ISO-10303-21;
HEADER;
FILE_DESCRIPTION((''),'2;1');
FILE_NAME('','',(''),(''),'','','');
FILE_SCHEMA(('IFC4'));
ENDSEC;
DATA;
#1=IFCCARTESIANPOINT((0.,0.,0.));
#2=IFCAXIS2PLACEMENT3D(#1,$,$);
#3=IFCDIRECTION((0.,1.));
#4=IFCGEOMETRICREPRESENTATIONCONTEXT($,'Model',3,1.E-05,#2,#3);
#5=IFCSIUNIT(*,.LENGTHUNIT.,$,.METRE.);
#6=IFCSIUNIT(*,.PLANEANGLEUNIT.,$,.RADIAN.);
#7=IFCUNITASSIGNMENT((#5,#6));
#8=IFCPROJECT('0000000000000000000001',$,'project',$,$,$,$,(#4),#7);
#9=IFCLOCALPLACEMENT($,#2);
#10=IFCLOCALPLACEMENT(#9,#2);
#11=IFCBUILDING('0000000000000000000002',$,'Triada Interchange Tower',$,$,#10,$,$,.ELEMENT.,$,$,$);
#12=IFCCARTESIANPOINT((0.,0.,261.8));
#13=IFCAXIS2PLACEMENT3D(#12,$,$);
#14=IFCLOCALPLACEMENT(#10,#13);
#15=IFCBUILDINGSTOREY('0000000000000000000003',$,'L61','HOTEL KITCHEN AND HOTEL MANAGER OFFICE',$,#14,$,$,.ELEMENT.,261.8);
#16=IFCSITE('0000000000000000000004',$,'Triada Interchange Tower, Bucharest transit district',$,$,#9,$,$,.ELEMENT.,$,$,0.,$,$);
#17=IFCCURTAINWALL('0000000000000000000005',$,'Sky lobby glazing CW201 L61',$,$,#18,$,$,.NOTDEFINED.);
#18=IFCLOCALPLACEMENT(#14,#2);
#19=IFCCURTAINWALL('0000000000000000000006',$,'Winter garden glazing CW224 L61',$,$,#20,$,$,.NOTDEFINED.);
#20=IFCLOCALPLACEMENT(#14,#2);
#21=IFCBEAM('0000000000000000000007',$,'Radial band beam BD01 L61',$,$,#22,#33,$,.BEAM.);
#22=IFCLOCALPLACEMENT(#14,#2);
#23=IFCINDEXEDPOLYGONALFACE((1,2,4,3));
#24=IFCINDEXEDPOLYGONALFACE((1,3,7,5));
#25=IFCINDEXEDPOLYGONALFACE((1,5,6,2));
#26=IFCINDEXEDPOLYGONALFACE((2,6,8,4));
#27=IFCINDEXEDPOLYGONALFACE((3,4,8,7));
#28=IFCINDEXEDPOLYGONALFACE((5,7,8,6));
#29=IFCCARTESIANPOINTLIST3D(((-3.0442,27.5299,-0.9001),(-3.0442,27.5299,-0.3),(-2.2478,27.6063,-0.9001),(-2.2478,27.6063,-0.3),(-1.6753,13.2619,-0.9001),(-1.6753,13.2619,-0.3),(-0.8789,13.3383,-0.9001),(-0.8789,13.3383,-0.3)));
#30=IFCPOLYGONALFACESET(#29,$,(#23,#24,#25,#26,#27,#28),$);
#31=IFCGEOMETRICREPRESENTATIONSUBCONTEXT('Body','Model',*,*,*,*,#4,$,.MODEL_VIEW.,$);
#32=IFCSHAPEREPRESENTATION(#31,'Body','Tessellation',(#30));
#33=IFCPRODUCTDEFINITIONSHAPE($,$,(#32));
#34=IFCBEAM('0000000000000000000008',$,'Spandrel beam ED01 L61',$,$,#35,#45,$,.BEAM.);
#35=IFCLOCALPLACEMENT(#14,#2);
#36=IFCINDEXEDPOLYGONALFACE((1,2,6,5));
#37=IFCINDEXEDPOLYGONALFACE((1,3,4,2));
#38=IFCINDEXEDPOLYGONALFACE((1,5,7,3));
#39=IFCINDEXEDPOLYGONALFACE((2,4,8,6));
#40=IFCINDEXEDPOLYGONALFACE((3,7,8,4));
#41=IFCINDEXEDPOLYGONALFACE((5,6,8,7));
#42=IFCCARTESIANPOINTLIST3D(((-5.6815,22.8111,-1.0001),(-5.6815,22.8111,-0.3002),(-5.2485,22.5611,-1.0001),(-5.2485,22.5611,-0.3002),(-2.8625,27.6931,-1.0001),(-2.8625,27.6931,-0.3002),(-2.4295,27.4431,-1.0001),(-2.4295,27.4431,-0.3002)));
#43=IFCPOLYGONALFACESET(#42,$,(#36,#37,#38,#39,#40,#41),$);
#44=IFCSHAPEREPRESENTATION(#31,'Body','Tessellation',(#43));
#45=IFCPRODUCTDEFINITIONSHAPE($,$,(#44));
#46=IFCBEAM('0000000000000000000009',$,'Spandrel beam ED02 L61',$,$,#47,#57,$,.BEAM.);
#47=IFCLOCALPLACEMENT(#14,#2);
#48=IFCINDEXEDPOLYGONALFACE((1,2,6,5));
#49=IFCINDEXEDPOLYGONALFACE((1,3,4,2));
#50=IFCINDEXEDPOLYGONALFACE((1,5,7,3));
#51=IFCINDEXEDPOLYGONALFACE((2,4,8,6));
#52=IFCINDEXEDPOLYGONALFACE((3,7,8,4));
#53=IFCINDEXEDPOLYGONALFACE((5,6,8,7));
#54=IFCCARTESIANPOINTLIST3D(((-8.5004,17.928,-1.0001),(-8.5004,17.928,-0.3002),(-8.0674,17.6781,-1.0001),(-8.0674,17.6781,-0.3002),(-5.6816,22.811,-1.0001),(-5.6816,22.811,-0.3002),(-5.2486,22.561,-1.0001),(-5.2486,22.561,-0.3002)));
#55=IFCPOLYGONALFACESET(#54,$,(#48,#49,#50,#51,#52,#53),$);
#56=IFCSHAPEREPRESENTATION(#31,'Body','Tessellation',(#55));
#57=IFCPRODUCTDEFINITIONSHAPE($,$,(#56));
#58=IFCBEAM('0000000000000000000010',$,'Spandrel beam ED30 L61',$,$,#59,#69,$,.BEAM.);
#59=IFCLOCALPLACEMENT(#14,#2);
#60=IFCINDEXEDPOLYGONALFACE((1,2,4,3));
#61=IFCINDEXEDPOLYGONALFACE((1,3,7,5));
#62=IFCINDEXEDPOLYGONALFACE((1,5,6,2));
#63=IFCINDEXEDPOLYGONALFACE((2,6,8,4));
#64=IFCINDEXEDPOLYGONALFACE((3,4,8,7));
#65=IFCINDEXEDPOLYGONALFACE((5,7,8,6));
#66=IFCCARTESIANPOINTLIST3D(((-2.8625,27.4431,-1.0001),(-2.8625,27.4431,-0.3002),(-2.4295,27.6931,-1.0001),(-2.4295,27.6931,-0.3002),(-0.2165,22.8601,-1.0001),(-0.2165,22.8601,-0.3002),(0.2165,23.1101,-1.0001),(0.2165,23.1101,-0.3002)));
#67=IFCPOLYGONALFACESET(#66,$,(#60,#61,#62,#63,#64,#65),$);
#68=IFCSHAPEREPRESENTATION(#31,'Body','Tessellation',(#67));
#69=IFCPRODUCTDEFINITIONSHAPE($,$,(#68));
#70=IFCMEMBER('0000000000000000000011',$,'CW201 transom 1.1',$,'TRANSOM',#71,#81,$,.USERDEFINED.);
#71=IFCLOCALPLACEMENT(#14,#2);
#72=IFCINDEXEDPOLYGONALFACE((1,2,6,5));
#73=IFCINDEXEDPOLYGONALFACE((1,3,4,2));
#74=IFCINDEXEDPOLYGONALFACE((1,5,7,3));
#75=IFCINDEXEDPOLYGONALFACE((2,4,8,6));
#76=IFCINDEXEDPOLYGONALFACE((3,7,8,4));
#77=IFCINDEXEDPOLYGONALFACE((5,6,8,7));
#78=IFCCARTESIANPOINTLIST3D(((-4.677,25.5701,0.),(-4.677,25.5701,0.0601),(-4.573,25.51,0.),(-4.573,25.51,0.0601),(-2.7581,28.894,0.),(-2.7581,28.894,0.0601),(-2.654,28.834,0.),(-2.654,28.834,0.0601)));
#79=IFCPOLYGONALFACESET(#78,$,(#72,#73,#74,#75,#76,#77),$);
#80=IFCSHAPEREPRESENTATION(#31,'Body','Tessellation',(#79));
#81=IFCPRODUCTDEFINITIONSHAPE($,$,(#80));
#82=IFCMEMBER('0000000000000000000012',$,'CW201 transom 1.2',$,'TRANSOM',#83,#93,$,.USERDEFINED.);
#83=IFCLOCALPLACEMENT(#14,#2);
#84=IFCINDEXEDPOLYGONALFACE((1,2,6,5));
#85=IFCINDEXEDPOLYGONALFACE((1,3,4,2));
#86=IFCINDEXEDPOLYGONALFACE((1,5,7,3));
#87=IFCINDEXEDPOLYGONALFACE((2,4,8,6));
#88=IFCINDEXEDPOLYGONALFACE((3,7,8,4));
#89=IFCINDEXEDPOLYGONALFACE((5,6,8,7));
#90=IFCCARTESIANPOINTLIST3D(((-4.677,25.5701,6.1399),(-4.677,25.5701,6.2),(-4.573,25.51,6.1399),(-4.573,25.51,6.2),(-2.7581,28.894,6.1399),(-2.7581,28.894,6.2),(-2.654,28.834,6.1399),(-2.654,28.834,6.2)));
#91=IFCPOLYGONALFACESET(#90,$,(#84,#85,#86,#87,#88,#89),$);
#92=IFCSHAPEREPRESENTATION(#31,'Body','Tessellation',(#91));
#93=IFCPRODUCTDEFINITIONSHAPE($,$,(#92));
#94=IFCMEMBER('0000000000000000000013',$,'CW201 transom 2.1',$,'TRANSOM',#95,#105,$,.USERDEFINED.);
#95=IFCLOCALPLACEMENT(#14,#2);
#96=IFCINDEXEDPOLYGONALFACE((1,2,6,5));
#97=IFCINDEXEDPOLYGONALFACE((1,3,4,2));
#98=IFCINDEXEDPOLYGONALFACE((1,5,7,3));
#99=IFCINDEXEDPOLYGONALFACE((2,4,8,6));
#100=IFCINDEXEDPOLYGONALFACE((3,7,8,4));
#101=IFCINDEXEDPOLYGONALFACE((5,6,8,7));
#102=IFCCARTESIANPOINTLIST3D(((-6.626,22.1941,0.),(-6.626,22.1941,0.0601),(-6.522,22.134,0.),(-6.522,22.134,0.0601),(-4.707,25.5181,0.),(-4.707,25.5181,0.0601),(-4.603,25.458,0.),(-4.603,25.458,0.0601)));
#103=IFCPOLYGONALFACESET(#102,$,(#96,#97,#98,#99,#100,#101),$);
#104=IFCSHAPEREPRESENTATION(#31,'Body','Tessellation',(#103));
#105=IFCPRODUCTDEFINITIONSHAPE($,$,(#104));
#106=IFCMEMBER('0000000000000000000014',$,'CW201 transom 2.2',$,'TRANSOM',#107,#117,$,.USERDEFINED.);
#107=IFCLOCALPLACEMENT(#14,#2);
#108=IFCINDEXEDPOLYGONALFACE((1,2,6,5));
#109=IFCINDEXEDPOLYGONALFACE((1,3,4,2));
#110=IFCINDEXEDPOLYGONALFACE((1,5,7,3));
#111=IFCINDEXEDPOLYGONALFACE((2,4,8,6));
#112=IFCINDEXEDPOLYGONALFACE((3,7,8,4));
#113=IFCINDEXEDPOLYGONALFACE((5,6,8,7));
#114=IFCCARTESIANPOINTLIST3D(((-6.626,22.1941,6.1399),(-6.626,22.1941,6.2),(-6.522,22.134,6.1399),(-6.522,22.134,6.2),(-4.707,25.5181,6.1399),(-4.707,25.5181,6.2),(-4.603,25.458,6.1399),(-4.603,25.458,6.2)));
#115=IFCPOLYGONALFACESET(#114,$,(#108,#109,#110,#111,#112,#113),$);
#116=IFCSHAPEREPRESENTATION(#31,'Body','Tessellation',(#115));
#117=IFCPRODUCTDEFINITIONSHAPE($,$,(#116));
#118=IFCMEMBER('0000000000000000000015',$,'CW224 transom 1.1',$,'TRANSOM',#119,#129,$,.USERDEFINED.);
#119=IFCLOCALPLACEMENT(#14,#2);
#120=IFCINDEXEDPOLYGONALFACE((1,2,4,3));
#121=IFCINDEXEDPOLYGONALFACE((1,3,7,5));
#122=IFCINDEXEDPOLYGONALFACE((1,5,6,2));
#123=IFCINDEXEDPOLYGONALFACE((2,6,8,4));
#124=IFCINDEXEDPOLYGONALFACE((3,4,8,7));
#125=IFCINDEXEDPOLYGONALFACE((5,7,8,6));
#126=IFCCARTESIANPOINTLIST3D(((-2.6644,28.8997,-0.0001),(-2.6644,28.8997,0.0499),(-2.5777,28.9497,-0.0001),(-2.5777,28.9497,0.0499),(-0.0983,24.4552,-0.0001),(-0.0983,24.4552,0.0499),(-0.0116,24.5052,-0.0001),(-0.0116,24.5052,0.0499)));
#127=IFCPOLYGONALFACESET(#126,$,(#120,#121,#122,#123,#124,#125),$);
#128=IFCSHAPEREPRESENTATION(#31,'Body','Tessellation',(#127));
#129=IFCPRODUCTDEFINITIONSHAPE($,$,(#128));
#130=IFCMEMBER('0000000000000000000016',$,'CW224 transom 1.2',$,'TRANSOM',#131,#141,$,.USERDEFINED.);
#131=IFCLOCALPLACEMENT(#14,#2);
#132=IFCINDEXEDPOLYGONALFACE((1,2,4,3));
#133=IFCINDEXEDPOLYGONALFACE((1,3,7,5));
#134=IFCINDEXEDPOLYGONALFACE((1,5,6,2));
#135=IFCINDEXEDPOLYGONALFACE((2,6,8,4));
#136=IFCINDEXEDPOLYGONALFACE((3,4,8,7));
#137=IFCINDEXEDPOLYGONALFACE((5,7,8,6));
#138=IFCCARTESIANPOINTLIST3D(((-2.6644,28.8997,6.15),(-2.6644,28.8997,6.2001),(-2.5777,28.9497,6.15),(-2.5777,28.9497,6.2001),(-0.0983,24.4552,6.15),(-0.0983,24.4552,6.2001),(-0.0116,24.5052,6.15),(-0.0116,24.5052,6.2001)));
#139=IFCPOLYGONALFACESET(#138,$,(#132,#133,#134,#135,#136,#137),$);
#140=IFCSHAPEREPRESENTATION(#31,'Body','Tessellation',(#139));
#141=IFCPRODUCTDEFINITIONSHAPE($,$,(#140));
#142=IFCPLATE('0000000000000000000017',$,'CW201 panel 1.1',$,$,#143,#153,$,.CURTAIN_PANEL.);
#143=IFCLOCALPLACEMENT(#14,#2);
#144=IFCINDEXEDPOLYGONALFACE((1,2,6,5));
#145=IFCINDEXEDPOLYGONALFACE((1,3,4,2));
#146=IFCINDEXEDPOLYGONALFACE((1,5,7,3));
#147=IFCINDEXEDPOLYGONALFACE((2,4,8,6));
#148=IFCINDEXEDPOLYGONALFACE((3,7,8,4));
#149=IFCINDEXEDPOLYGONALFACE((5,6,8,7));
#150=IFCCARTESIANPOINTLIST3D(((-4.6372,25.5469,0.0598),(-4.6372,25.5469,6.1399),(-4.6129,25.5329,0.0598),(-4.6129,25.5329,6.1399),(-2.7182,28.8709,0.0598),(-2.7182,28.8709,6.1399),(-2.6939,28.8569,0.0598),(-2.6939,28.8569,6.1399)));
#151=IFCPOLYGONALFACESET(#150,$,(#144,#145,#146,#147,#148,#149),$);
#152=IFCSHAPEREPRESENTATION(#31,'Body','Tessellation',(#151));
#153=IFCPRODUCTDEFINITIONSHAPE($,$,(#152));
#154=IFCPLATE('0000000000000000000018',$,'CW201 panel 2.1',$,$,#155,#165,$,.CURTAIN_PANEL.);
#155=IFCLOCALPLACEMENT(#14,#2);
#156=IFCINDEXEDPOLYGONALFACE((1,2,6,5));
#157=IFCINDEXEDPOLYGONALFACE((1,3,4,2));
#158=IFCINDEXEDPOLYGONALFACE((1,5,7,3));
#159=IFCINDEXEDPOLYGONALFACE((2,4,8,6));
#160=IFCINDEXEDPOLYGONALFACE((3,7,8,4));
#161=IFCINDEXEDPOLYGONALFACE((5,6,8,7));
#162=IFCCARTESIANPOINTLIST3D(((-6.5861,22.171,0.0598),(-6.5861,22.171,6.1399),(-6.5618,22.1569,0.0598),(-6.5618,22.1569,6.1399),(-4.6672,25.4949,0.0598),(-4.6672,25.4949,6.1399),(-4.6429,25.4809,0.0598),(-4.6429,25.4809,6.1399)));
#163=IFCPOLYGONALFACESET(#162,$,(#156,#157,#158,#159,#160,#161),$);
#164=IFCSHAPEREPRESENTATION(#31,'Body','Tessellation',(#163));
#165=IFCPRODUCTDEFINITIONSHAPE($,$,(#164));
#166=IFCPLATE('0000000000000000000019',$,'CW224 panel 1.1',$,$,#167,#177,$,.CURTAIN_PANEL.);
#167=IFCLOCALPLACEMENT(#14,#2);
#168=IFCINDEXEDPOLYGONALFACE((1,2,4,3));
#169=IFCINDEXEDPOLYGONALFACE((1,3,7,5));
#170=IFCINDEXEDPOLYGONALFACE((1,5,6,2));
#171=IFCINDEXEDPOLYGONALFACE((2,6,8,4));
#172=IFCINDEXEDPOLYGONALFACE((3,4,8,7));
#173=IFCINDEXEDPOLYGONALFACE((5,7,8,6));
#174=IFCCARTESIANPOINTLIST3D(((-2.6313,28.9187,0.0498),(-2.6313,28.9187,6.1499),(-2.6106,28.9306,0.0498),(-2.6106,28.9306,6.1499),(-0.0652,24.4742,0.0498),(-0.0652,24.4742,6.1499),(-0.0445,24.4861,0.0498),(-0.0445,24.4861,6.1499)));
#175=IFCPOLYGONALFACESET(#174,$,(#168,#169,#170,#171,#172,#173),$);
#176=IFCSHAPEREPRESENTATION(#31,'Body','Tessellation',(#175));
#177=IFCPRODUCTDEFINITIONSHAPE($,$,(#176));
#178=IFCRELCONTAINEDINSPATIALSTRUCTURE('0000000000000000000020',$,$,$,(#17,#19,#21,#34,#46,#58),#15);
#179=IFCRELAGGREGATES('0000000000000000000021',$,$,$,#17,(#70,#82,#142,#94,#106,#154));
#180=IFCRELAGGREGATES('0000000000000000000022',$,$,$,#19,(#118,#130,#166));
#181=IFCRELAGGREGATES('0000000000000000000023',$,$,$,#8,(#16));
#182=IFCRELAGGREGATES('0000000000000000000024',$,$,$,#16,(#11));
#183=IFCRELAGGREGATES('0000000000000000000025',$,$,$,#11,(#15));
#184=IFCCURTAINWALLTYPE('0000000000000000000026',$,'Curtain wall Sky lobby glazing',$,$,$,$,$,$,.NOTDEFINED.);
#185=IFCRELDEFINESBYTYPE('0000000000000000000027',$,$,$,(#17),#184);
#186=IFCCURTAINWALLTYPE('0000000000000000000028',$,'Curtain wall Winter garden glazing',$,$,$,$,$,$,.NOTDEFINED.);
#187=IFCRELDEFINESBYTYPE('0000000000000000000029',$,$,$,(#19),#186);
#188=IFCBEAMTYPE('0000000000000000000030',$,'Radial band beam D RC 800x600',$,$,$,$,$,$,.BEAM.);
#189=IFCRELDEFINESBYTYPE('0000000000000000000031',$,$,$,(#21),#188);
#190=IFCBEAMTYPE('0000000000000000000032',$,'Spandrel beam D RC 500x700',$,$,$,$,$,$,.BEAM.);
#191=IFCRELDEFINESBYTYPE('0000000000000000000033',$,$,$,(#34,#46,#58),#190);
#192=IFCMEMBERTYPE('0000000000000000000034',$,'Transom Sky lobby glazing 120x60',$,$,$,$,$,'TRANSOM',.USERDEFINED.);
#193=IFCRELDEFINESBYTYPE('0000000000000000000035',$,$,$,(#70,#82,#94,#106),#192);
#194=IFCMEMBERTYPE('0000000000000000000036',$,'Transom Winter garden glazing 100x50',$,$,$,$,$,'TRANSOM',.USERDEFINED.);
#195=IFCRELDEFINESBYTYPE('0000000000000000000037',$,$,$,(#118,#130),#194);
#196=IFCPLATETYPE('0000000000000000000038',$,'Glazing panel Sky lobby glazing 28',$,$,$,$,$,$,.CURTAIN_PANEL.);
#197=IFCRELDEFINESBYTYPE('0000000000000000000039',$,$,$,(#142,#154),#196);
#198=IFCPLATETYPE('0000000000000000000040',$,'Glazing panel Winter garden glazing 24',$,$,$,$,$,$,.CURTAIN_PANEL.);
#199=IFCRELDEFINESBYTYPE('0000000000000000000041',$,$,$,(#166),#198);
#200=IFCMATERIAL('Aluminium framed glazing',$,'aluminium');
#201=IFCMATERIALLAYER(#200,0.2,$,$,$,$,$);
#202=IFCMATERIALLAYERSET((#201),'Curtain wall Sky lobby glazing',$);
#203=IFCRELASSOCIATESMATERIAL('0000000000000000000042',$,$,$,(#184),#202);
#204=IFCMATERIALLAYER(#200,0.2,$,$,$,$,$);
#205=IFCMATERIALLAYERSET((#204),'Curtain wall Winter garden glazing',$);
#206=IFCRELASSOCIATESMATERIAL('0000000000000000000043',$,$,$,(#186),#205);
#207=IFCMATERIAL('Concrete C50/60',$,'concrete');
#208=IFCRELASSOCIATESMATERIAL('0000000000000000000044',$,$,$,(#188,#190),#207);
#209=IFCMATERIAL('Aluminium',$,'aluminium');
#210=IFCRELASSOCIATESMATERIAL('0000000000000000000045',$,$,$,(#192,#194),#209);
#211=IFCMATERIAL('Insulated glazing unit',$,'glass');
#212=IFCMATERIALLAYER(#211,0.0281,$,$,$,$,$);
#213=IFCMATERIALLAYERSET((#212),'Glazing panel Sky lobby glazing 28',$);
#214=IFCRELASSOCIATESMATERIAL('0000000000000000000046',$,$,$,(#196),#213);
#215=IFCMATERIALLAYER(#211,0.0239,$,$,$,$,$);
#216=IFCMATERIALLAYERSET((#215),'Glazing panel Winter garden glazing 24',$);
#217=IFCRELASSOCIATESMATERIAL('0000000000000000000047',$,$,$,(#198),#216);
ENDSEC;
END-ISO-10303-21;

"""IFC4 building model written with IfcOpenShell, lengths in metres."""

from ifc_helpers import new_model, si_unit, direction, frame, origin, origin_2d, place, context, subcontext, project, spatial, rectangle, extrude, material, layer, layer_set, material_profile, profile_set, type_object, element, aggregate, save


model = new_model("IFC4")

# Units and contexts
model_context = context("Model", 3, precision=1e-05, world=origin(), true_north=direction((0.0, 1.0)))
body_context = subcontext(model_context, "Body", "Model", "MODEL_VIEW")
ifc_project = project(units=[si_unit("LENGTHUNIT", "METRE"), si_unit("PLANEANGLEUNIT", "RADIAN")], contexts=[model_context])

# Site, building, storey
site_placement = place(None, origin())
site = spatial("IfcSite", under=ifc_project, at=site_placement, Name="Triada Interchange Tower, Bucharest transit district", CompositionType="ELEMENT", RefElevation=0.0)
building_placement = place(site_placement, origin())
building = spatial("IfcBuilding", under=site, at=building_placement, Name="Triada Interchange Tower", CompositionType="ELEMENT")
storey_placement = place(building_placement, frame((0.0, 0.0, 261.8)))
storey = spatial("IfcBuildingStorey", under=building, at=storey_placement, Name="L61", Description="HOTEL KITCHEN AND HOTEL MANAGER OFFICE", CompositionType="ELEMENT", Elevation=261.8)

# Curtain walls
ifc_material_1 = material(Name="Aluminium framed glazing", Category="aluminium")
ifc_layer_1 = layer(ifc_material_1, 0.2)
ifc_layer_set_1 = layer_set([ifc_layer_1], Name="Curtain wall Sky lobby glazing")
curtain_wall_type_1 = type_object("IfcCurtainWallType", Name="Curtain wall Sky lobby glazing", PredefinedType="NOTDEFINED", material=ifc_layer_set_1)
curtain_wall_1_placement = place(storey_placement, origin())
curtain_wall_1 = element("IfcCurtainWall", 1, at=curtain_wall_1_placement, inside=storey, type_object=curtain_wall_type_1, Name="Sky lobby glazing CW201 L61", PredefinedType="NOTDEFINED")
ifc_material_2 = material(Name="Aluminium", Category="aluminium")
ifc_layer_2 = layer(ifc_material_1, 0.2)
ifc_layer_set_2 = layer_set([ifc_layer_2], Name="Curtain wall Winter garden glazing")
curtain_wall_type_2 = type_object("IfcCurtainWallType", Name="Curtain wall Winter garden glazing", PredefinedType="NOTDEFINED", material=ifc_layer_set_2)
curtain_wall_2_placement = place(storey_placement, origin())
curtain_wall_2 = element("IfcCurtainWall", 2, at=curtain_wall_2_placement, inside=storey, type_object=curtain_wall_type_2, Name="Winter garden glazing CW224 L61", PredefinedType="NOTDEFINED")

# Beams
ifc_material_3 = material(Name="Concrete C50/60", Category="concrete")
ifc_material_profile_1 = material_profile(ifc_material_3, rectangle(XDim=0.8, YDim=0.6001, at=origin_2d()), Name="RC 800x600")
ifc_profile_set_1 = profile_set([ifc_material_profile_1], Name="Concrete C50/60")
beam_type_1 = type_object("IfcBeamType", Name="Radial band beam D RC 800x600", PredefinedType="BEAM", material=ifc_profile_set_1)
beam_1_placement = place(storey_placement, frame((-2.646, 27.5681, -0.6001), z_axis=(0.095503, -0.995429, 0.0), x_axis=(0.995429, 0.095503, 0.0)))
element("IfcBeam", 3, at=beam_1_placement, inside=storey, type_object=beam_type_1, Name="Radial band beam BD01 L61", PredefinedType="BEAM", context=body_context, shape_type="SweptSolid", body=[
    extrude(rectangle(XDim=0.8, YDim=0.6001, at=origin_2d()), origin(), (0.0, 0.0, 1.0), 14.3335),
])
ifc_material_profile_2 = material_profile(ifc_material_3, rectangle(XDim=0.5, YDim=0.7, at=origin_2d()), Name="RC 500x700")
ifc_profile_set_2 = profile_set([ifc_material_profile_2], Name="Concrete C50/60")
beam_type_2 = type_object("IfcBeamType", Name="Spandrel beam D RC 500x700", PredefinedType="BEAM", material=ifc_profile_set_2)
beam_2_placement = place(storey_placement, frame((-2.646, 27.5681, -0.6501), z_axis=(-0.500056, -0.865993, 0.0), x_axis=(0.865993, -0.500056, 0.0)))
element("IfcBeam", 4, at=beam_2_placement, inside=storey, type_object=beam_type_2, Name="Spandrel beam ED01 L61", PredefinedType="BEAM", context=body_context, shape_type="SweptSolid", body=[
    extrude(rectangle(XDim=0.5, YDim=0.7, at=origin_2d()), origin(), (0.0, 0.0, 1.0), 5.6375),
])
beam_3_placement = place(storey_placement, frame((-5.4651, 22.686, -0.6501), z_axis=(-0.499949, -0.866055, 0.0), x_axis=(0.866055, -0.499949, 0.0)))
element("IfcBeam", 5, at=beam_3_placement, inside=storey, type_object=beam_type_2, Name="Spandrel beam ED02 L61", PredefinedType="BEAM", context=body_context, shape_type="SweptSolid", body=[
    extrude(rectangle(XDim=0.5, YDim=0.7, at=origin_2d()), origin(), (0.0, 0.0, 1.0), 5.6382),
])
beam_4_placement = place(storey_placement, frame((0.0, 22.9851, -0.6501), z_axis=(-0.499999, 0.866026, 0.0), x_axis=(-0.866026, -0.499999, 0.0)))
element("IfcBeam", 6, at=beam_4_placement, inside=storey, type_object=beam_type_2, Name="Spandrel beam ED30 L61", PredefinedType="BEAM", context=body_context, shape_type="SweptSolid", body=[
    extrude(rectangle(XDim=0.5, YDim=0.7, at=origin_2d()), origin(), (0.0, 0.0, 1.0), 5.292),
])

# Members
ifc_material_profile_3 = material_profile(ifc_material_2, rectangle(XDim=0.1201, YDim=0.0601, at=origin_2d()), Name="Aluminium transom")
ifc_profile_set_3 = profile_set([ifc_material_profile_3], Name="Aluminium")
member_type_1 = type_object("IfcMemberType", Name="Transom Sky lobby glazing 120x60", ElementType="TRANSOM", PredefinedType="USERDEFINED", material=ifc_profile_set_3)
member_1_placement = place(storey_placement, frame((-2.7061, 28.864, 0.03), z_axis=(-0.49997, -0.866043, 0.0), x_axis=(0.866043, -0.49997, 0.0)))
member_1 = element("IfcMember", 7, at=member_1_placement, type_object=member_type_1, Name="CW201 transom 1.1", ObjectType="TRANSOM", PredefinedType="USERDEFINED", context=body_context, shape_type="SweptSolid", body=[
    extrude(rectangle(XDim=0.1201, YDim=0.0601, at=origin_2d()), origin(), (0.0, 0.0, 1.0), 3.8381),
])
member_2_placement = place(storey_placement, frame((-2.7061, 28.864, 6.1699), z_axis=(-0.49997, -0.866043, 0.0), x_axis=(0.866043, -0.49997, 0.0)))
member_2 = element("IfcMember", 8, at=member_2_placement, type_object=member_type_1, Name="CW201 transom 1.2", ObjectType="TRANSOM", PredefinedType="USERDEFINED", context=body_context, shape_type="SweptSolid", body=[
    extrude(rectangle(XDim=0.1201, YDim=0.0601, at=origin_2d()), origin(), (0.0, 0.0, 1.0), 3.8381),
])
member_3_placement = place(storey_placement, frame((-4.655, 25.488, 0.03), z_axis=(-0.49997, -0.866043, 0.0), x_axis=(0.866043, -0.49997, 0.0)))
member_3 = element("IfcMember", 9, at=member_3_placement, type_object=member_type_1, Name="CW201 transom 2.1", ObjectType="TRANSOM", PredefinedType="USERDEFINED", context=body_context, shape_type="SweptSolid", body=[
    extrude(rectangle(XDim=0.1201, YDim=0.0601, at=origin_2d()), origin(), (0.0, 0.0, 1.0), 3.8381),
])
member_4_placement = place(storey_placement, frame((-4.655, 25.488, 6.1699), z_axis=(-0.49997, -0.866043, 0.0), x_axis=(0.866043, -0.49997, 0.0)))
member_4 = element("IfcMember", 10, at=member_4_placement, type_object=member_type_1, Name="CW201 transom 2.2", ObjectType="TRANSOM", PredefinedType="USERDEFINED", context=body_context, shape_type="SweptSolid", body=[
    extrude(rectangle(XDim=0.1201, YDim=0.0601, at=origin_2d()), origin(), (0.0, 0.0, 1.0), 3.8381),
])
ifc_material_profile_4 = material_profile(ifc_material_2, rectangle(XDim=0.1001, YDim=0.05, at=origin_2d()), Name="Aluminium transom")
ifc_profile_set_4 = profile_set([ifc_material_profile_4], Name="Aluminium")
member_type_2 = type_object("IfcMemberType", Name="Transom Winter garden glazing 100x50", ElementType="TRANSOM", PredefinedType="USERDEFINED", material=ifc_profile_set_4)
member_5_placement = place(storey_placement, frame((-0.0549, 24.4802, 0.0249), z_axis=(-0.500012, 0.866018, 0.0), x_axis=(-0.866018, -0.500012, 0.0)))
member_5 = element("IfcMember", 11, at=member_5_placement, type_object=member_type_2, Name="CW224 transom 1.1", ObjectType="TRANSOM", PredefinedType="USERDEFINED", context=body_context, shape_type="SweptSolid", body=[
    extrude(rectangle(XDim=0.1001, YDim=0.05, at=origin_2d()), origin(), (0.0, 0.0, 1.0), 5.1321),
])
member_6_placement = place(storey_placement, frame((-0.0549, 24.4802, 6.175), z_axis=(-0.500012, 0.866018, 0.0), x_axis=(-0.866018, -0.500012, 0.0)))
member_6 = element("IfcMember", 12, at=member_6_placement, type_object=member_type_2, Name="CW224 transom 1.2", ObjectType="TRANSOM", PredefinedType="USERDEFINED", context=body_context, shape_type="SweptSolid", body=[
    extrude(rectangle(XDim=0.1001, YDim=0.05, at=origin_2d()), origin(), (0.0, 0.0, 1.0), 5.1321),
])

# Plates
ifc_material_4 = material(Name="Insulated glazing unit", Category="glass")
ifc_layer_3 = layer(ifc_material_4, 0.0281)
ifc_layer_set_3 = layer_set([ifc_layer_3], Name="Glazing panel Sky lobby glazing 28")
plate_type_1 = type_object("IfcPlateType", Name="Glazing panel Sky lobby glazing 28", PredefinedType="CURTAIN_PANEL", material=ifc_layer_set_3)
plate_1_placement = place(storey_placement, frame((-3.6655, 27.2019, 0.0598), z_axis=(0.0, 0.0, 1.0), x_axis=(-0.499972, -0.866041, 0.0)))
plate_1 = element("IfcPlate", 13, at=plate_1_placement, type_object=plate_type_1, Name="CW201 panel 1.1", PredefinedType="CURTAIN_PANEL", context=body_context, shape_type="SweptSolid", body=[
    extrude(rectangle(XDim=3.8381, YDim=0.0281, at=origin_2d()), origin(), (0.0, 0.0, 1.0), 6.0801),
])
plate_2_placement = place(storey_placement, frame((-5.6145, 23.8259, 0.0598), z_axis=(0.0, 0.0, 1.0), x_axis=(-0.499972, -0.866041, 0.0)))
plate_2 = element("IfcPlate", 14, at=plate_2_placement, type_object=plate_type_1, Name="CW201 panel 2.1", PredefinedType="CURTAIN_PANEL", context=body_context, shape_type="SweptSolid", body=[
    extrude(rectangle(XDim=3.8381, YDim=0.0281, at=origin_2d()), origin(), (0.0, 0.0, 1.0), 6.0801),
])
aggregate(curtain_wall_1, [member_1, member_2, plate_1, member_3, member_4, plate_2])
ifc_layer_4 = layer(ifc_material_4, 0.0239)
ifc_layer_set_4 = layer_set([ifc_layer_4], Name="Glazing panel Winter garden glazing 24")
plate_type_2 = type_object("IfcPlateType", Name="Glazing panel Winter garden glazing 24", PredefinedType="CURTAIN_PANEL", material=ifc_layer_set_4)
plate_3_placement = place(storey_placement, frame((-1.3379, 26.7024, 0.0498), z_axis=(0.0, 0.0, 1.0), x_axis=(-0.500004, 0.866023, 0.0)))
plate_3 = element("IfcPlate", 15, at=plate_3_placement, type_object=plate_type_2, Name="CW224 panel 1.1", PredefinedType="CURTAIN_PANEL", context=body_context, shape_type="SweptSolid", body=[
    extrude(rectangle(XDim=5.1321, YDim=0.0239, at=origin_2d()), origin(), (0.0, 0.0, 1.0), 6.1001),
])
aggregate(curtain_wall_2, [member_5, member_6, plate_3])

save(model, "model.ifc")
